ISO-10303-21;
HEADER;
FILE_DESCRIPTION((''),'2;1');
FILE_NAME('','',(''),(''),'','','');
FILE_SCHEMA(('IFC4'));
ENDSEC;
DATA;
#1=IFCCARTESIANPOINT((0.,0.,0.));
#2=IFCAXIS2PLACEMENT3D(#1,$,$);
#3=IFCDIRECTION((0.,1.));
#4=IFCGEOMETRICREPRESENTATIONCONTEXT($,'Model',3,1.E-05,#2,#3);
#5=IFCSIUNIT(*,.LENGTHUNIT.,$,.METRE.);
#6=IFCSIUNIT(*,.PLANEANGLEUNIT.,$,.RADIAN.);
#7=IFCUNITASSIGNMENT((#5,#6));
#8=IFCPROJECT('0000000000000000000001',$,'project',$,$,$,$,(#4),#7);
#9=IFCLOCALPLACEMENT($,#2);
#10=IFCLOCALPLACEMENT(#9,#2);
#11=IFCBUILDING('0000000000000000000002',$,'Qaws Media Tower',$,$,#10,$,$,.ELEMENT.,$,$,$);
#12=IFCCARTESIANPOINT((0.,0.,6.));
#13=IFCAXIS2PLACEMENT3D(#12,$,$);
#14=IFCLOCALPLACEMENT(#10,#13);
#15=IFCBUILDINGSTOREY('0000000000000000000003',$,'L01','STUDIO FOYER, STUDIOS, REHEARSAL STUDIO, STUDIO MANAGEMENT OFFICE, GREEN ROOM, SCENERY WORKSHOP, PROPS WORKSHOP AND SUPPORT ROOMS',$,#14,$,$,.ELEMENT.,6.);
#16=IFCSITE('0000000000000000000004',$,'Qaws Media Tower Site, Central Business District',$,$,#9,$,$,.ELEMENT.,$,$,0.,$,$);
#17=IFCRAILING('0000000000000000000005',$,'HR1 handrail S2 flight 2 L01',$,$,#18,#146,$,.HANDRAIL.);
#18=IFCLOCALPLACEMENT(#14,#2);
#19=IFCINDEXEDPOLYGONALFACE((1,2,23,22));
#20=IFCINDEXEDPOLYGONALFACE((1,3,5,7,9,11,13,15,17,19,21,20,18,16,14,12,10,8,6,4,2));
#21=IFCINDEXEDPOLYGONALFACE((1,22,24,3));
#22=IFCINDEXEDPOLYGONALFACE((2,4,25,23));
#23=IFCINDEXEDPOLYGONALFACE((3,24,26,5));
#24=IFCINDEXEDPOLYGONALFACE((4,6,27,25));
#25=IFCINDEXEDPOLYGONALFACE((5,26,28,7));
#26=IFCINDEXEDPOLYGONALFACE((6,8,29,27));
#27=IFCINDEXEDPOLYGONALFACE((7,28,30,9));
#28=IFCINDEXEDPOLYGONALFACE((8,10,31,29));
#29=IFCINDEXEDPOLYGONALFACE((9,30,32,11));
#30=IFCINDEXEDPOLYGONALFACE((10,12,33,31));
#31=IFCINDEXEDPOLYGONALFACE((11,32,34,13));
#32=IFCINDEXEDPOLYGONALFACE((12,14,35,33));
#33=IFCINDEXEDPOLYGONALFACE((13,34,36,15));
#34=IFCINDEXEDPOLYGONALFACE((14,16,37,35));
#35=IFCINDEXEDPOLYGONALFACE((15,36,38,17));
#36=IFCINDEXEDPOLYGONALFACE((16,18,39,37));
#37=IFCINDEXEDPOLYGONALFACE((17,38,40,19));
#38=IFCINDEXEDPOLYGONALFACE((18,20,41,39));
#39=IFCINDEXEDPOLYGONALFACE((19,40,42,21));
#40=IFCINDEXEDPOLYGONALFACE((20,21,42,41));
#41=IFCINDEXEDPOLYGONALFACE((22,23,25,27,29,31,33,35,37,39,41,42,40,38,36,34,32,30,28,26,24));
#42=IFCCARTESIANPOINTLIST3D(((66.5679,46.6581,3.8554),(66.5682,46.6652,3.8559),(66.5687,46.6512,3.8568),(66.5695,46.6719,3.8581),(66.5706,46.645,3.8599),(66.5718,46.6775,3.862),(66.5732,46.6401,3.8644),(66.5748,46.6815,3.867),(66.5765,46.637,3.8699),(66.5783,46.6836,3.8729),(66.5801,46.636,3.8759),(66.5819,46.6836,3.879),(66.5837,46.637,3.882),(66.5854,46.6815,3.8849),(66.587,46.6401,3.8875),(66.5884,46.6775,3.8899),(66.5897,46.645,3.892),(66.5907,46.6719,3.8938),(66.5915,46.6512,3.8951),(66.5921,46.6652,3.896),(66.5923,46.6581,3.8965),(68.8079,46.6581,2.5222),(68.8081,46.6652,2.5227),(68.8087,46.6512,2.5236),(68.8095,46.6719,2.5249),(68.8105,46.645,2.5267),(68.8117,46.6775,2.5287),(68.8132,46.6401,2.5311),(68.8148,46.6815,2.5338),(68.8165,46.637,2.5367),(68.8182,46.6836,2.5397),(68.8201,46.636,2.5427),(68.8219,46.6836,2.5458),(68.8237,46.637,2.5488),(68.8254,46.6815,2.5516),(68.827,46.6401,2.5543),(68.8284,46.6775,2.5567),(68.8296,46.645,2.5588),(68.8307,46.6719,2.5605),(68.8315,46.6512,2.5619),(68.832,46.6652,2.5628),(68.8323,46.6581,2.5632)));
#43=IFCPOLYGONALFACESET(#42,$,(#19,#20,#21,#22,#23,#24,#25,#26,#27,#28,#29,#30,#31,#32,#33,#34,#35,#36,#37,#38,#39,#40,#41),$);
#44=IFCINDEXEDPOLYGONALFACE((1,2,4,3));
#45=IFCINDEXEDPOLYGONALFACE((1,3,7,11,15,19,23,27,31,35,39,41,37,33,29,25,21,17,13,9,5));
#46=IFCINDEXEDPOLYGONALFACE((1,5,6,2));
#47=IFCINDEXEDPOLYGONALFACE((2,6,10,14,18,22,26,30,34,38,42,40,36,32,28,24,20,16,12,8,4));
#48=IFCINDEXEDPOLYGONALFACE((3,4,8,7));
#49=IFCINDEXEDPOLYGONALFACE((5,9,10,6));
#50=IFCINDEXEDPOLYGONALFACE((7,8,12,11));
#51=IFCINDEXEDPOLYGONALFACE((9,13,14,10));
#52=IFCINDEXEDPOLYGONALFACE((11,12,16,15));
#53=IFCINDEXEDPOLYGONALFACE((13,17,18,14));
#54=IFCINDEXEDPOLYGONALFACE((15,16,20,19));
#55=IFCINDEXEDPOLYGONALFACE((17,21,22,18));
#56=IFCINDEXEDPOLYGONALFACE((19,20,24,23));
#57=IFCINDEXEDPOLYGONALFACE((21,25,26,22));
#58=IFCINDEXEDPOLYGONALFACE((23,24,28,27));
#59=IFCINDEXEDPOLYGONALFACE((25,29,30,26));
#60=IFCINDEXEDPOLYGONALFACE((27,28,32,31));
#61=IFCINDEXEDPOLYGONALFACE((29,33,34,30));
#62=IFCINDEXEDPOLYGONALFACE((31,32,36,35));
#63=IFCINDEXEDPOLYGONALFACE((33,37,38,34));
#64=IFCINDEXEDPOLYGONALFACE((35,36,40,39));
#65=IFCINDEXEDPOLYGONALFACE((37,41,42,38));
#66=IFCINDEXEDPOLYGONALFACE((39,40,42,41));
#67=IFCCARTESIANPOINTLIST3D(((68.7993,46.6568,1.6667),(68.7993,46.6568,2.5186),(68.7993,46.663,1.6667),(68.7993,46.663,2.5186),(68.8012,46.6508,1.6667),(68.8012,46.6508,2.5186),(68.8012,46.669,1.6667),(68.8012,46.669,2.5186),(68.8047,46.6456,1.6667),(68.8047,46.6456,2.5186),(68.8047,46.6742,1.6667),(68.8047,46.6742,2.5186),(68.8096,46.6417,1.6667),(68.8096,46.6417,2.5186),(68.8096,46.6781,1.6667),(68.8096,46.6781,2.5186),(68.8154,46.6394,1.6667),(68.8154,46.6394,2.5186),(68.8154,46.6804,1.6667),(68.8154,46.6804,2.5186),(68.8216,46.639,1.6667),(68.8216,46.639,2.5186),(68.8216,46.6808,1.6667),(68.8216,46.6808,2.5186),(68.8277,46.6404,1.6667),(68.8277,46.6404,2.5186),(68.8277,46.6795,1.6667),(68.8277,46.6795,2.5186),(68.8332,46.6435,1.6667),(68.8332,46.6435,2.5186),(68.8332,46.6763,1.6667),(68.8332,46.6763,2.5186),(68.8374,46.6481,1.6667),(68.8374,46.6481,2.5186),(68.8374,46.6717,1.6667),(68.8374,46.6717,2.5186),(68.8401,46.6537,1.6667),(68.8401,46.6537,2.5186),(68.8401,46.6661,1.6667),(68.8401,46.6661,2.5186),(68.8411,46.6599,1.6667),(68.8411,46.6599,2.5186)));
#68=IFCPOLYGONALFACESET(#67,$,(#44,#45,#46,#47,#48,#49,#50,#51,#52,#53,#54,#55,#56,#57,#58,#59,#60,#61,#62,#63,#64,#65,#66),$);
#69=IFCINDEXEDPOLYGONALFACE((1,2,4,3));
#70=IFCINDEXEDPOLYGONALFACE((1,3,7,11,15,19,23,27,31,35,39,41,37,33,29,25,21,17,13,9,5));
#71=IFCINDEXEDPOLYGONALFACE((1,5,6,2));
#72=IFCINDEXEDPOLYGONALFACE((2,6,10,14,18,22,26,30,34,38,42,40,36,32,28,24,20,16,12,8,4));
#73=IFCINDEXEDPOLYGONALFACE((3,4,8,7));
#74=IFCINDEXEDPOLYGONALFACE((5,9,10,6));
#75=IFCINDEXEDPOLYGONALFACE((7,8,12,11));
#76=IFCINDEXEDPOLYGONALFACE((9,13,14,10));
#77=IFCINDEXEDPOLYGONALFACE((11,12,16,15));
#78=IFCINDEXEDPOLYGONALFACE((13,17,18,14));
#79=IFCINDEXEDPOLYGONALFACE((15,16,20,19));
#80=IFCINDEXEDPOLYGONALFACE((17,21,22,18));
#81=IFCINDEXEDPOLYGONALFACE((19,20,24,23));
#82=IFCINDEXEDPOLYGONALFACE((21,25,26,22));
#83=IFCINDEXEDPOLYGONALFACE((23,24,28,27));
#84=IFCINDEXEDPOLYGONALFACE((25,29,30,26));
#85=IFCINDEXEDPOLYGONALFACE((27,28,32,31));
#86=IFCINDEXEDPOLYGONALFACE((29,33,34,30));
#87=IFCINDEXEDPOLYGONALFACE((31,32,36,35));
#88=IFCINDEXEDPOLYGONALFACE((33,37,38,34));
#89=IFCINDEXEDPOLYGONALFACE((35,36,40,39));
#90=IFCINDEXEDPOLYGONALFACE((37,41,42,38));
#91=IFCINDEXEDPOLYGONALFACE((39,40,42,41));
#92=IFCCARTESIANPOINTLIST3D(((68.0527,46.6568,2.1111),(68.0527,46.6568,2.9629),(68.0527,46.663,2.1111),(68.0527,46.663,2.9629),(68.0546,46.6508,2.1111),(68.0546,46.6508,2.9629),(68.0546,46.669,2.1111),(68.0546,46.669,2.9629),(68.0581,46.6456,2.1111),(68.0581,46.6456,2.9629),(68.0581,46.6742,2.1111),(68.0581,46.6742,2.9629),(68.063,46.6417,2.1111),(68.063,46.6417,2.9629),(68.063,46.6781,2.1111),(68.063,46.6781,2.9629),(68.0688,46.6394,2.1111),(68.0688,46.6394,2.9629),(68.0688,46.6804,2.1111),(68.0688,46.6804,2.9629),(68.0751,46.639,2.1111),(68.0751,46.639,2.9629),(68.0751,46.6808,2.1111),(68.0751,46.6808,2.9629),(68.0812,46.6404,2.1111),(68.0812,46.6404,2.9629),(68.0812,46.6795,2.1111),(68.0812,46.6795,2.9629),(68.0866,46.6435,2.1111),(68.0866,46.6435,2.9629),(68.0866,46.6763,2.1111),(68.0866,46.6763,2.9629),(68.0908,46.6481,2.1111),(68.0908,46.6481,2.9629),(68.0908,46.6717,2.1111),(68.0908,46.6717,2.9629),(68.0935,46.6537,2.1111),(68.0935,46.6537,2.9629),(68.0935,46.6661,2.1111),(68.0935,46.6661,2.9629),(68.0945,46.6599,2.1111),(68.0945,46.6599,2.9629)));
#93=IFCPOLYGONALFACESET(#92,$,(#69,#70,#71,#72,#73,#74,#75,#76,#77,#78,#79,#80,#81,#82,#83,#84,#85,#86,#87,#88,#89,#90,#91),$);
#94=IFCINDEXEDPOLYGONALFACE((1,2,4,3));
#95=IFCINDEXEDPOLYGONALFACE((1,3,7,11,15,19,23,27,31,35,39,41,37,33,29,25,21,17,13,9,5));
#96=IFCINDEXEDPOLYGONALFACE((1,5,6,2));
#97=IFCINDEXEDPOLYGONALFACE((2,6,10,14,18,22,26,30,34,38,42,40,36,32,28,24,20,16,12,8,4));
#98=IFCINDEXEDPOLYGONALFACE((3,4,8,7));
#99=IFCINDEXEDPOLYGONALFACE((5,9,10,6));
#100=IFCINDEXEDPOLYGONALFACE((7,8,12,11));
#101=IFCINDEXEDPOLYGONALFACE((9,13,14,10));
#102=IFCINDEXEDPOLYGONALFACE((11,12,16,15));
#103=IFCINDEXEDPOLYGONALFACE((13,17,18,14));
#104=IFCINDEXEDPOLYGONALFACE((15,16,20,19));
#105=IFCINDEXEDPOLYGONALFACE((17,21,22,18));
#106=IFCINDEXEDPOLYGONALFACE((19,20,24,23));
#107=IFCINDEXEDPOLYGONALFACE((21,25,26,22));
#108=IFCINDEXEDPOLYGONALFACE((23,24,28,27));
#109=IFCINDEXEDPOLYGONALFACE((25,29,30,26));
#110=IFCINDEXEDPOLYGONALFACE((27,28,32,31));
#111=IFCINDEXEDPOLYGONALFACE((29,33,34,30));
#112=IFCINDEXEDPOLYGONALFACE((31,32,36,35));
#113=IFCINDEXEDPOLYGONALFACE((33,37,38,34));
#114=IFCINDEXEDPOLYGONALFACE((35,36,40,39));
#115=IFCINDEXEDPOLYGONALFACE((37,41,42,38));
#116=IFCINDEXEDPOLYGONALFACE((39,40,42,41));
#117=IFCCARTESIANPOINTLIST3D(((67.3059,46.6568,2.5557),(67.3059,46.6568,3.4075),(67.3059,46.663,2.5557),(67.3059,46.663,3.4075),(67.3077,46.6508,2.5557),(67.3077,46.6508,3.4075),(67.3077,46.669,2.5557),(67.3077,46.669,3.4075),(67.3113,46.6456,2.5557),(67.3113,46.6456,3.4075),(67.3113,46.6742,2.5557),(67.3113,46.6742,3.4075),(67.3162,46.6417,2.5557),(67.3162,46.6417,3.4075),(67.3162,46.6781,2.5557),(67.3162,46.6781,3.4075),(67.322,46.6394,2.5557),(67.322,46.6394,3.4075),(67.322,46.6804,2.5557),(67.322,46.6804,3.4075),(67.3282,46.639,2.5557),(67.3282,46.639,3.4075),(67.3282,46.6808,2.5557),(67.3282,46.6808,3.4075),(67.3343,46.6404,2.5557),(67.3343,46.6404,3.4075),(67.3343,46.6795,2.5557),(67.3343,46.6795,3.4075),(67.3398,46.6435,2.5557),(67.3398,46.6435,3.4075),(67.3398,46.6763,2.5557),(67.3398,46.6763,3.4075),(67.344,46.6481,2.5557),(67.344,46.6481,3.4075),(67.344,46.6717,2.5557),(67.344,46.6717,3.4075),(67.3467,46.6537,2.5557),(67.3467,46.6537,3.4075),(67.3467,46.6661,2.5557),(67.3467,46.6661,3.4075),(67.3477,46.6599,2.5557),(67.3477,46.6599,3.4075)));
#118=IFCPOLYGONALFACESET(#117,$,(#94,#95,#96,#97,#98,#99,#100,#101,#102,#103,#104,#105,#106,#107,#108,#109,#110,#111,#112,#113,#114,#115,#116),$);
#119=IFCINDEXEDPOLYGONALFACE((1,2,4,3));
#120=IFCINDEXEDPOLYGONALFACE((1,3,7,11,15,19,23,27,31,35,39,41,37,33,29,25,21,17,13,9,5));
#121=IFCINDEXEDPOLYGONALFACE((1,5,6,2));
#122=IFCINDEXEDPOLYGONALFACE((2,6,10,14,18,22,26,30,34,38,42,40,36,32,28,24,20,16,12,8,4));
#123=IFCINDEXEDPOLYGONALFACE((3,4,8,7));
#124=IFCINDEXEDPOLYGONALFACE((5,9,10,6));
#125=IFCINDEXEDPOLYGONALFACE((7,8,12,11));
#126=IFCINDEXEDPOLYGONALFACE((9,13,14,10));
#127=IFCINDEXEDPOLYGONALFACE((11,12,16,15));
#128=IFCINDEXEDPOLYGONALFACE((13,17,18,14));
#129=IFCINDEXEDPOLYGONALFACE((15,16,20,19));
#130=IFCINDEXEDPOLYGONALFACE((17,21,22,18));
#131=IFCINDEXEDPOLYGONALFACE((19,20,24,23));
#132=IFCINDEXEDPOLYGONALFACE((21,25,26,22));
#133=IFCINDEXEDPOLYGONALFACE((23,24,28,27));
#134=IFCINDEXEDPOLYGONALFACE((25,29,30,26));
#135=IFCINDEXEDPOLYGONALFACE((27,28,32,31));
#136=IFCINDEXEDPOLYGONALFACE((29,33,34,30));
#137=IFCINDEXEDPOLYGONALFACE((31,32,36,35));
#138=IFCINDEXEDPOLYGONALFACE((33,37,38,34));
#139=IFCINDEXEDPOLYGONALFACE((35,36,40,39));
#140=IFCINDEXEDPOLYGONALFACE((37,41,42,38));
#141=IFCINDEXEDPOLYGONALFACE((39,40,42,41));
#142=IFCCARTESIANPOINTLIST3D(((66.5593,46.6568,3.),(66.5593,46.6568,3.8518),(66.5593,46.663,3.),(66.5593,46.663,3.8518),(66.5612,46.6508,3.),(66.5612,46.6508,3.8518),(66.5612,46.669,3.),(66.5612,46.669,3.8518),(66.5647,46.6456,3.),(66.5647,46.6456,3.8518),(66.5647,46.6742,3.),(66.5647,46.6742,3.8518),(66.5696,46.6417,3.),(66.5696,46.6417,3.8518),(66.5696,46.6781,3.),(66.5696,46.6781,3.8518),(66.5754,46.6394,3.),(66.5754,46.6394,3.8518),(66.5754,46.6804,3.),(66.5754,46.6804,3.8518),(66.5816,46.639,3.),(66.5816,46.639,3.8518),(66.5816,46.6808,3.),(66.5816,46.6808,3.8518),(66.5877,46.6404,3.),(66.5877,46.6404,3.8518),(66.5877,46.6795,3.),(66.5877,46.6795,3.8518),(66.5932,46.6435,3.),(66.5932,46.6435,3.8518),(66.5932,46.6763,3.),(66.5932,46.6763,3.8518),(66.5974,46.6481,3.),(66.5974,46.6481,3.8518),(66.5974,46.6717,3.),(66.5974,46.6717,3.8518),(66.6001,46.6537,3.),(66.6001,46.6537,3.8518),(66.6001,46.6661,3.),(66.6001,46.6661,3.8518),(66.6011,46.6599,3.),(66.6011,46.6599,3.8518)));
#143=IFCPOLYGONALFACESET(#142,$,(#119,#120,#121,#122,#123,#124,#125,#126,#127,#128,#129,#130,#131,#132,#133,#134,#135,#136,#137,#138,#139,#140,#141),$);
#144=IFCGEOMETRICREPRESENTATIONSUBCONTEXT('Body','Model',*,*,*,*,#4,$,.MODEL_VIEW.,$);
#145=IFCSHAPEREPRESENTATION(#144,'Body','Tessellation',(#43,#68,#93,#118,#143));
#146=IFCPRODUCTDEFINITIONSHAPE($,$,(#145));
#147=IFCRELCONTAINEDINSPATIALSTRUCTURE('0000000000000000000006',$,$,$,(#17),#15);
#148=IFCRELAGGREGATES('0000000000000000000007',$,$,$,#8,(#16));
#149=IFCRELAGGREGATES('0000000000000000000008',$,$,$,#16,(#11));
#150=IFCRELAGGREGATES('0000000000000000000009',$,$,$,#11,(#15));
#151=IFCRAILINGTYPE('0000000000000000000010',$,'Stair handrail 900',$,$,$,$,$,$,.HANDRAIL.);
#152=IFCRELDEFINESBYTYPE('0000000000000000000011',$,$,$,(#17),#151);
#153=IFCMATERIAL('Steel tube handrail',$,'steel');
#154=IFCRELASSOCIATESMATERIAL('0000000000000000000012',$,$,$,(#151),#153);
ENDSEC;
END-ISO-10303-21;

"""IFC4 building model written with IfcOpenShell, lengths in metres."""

from ifc_helpers import new_model, si_unit, direction, frame, origin, origin_2d, place, context, subcontext, project, spatial, circle, extrude, material, type_object, element, save


model = new_model("IFC4")

# Units and contexts
model_context = context("Model", 3, precision=1e-05, world=origin(), true_north=direction((0.0, 1.0)))
body_context = subcontext(model_context, "Body", "Model", "MODEL_VIEW")
ifc_project = project(units=[si_unit("LENGTHUNIT", "METRE"), si_unit("PLANEANGLEUNIT", "RADIAN")], contexts=[model_context])

# Site, building, storey
site_placement = place(None, origin())
site = spatial("IfcSite", under=ifc_project, at=site_placement, Name="Qaws Media Tower Site, Central Business District", CompositionType="ELEMENT", RefElevation=0.0)
building_placement = place(site_placement, origin())
building = spatial("IfcBuilding", under=site, at=building_placement, Name="Qaws Media Tower", CompositionType="ELEMENT")
storey_placement = place(building_placement, frame((0.0, 0.0, 6.0)))
storey = spatial("IfcBuildingStorey", under=building, at=storey_placement, Name="L01", Description="STUDIO FOYER, STUDIOS, REHEARSAL STUDIO, STUDIO MANAGEMENT OFFICE, GREEN ROOM, SCENERY WORKSHOP, PROPS WORKSHOP AND SUPPORT ROOMS", CompositionType="ELEMENT", Elevation=6.0)

# Railing
ifc_material_1 = material(Name="Steel tube handrail", Category="steel")
railing_type = type_object("IfcRailingType", Name="Stair handrail 900", PredefinedType="HANDRAIL", material=ifc_material_1)
for number, where, name in (
    (1, (68.8201, 46.6599, 1.6667), "HR1 handrail S2 flight 2 L01"),
):
    element("IfcRailing", number, at=place(storey_placement, frame(where)), inside=storey, type_object=railing_type, Name=name, PredefinedType="HANDRAIL", context=body_context, shape_type="SweptSolid", body=[
        extrude(circle(Radius=0.0239, at=origin_2d()), frame((0.0, 0.0, 0.876), z_axis=(-0.859306, 0.0, 0.511462), x_axis=(0.0, -1.0, 0.0)), (0.0, 0.0, 1.0), 2.6067),
        extrude(circle(Radius=0.021, at=origin_2d()), origin(), (0.0, 0.0, 1.0), 0.8518),
        extrude(circle(Radius=0.021, at=origin_2d()), frame((-0.7466, 0.0, 0.4443)), (0.0, 0.0, 1.0), 0.8518),
        extrude(circle(Radius=0.021, at=origin_2d()), frame((-1.4934, 0.0, 0.8889)), (0.0, 0.0, 1.0), 0.8518),
        extrude(circle(Radius=0.021, at=origin_2d()), frame((-2.24, 0.0, 1.3333)), (0.0, 0.0, 1.0), 0.8518),
    ])

save(model, "model.ifc")
